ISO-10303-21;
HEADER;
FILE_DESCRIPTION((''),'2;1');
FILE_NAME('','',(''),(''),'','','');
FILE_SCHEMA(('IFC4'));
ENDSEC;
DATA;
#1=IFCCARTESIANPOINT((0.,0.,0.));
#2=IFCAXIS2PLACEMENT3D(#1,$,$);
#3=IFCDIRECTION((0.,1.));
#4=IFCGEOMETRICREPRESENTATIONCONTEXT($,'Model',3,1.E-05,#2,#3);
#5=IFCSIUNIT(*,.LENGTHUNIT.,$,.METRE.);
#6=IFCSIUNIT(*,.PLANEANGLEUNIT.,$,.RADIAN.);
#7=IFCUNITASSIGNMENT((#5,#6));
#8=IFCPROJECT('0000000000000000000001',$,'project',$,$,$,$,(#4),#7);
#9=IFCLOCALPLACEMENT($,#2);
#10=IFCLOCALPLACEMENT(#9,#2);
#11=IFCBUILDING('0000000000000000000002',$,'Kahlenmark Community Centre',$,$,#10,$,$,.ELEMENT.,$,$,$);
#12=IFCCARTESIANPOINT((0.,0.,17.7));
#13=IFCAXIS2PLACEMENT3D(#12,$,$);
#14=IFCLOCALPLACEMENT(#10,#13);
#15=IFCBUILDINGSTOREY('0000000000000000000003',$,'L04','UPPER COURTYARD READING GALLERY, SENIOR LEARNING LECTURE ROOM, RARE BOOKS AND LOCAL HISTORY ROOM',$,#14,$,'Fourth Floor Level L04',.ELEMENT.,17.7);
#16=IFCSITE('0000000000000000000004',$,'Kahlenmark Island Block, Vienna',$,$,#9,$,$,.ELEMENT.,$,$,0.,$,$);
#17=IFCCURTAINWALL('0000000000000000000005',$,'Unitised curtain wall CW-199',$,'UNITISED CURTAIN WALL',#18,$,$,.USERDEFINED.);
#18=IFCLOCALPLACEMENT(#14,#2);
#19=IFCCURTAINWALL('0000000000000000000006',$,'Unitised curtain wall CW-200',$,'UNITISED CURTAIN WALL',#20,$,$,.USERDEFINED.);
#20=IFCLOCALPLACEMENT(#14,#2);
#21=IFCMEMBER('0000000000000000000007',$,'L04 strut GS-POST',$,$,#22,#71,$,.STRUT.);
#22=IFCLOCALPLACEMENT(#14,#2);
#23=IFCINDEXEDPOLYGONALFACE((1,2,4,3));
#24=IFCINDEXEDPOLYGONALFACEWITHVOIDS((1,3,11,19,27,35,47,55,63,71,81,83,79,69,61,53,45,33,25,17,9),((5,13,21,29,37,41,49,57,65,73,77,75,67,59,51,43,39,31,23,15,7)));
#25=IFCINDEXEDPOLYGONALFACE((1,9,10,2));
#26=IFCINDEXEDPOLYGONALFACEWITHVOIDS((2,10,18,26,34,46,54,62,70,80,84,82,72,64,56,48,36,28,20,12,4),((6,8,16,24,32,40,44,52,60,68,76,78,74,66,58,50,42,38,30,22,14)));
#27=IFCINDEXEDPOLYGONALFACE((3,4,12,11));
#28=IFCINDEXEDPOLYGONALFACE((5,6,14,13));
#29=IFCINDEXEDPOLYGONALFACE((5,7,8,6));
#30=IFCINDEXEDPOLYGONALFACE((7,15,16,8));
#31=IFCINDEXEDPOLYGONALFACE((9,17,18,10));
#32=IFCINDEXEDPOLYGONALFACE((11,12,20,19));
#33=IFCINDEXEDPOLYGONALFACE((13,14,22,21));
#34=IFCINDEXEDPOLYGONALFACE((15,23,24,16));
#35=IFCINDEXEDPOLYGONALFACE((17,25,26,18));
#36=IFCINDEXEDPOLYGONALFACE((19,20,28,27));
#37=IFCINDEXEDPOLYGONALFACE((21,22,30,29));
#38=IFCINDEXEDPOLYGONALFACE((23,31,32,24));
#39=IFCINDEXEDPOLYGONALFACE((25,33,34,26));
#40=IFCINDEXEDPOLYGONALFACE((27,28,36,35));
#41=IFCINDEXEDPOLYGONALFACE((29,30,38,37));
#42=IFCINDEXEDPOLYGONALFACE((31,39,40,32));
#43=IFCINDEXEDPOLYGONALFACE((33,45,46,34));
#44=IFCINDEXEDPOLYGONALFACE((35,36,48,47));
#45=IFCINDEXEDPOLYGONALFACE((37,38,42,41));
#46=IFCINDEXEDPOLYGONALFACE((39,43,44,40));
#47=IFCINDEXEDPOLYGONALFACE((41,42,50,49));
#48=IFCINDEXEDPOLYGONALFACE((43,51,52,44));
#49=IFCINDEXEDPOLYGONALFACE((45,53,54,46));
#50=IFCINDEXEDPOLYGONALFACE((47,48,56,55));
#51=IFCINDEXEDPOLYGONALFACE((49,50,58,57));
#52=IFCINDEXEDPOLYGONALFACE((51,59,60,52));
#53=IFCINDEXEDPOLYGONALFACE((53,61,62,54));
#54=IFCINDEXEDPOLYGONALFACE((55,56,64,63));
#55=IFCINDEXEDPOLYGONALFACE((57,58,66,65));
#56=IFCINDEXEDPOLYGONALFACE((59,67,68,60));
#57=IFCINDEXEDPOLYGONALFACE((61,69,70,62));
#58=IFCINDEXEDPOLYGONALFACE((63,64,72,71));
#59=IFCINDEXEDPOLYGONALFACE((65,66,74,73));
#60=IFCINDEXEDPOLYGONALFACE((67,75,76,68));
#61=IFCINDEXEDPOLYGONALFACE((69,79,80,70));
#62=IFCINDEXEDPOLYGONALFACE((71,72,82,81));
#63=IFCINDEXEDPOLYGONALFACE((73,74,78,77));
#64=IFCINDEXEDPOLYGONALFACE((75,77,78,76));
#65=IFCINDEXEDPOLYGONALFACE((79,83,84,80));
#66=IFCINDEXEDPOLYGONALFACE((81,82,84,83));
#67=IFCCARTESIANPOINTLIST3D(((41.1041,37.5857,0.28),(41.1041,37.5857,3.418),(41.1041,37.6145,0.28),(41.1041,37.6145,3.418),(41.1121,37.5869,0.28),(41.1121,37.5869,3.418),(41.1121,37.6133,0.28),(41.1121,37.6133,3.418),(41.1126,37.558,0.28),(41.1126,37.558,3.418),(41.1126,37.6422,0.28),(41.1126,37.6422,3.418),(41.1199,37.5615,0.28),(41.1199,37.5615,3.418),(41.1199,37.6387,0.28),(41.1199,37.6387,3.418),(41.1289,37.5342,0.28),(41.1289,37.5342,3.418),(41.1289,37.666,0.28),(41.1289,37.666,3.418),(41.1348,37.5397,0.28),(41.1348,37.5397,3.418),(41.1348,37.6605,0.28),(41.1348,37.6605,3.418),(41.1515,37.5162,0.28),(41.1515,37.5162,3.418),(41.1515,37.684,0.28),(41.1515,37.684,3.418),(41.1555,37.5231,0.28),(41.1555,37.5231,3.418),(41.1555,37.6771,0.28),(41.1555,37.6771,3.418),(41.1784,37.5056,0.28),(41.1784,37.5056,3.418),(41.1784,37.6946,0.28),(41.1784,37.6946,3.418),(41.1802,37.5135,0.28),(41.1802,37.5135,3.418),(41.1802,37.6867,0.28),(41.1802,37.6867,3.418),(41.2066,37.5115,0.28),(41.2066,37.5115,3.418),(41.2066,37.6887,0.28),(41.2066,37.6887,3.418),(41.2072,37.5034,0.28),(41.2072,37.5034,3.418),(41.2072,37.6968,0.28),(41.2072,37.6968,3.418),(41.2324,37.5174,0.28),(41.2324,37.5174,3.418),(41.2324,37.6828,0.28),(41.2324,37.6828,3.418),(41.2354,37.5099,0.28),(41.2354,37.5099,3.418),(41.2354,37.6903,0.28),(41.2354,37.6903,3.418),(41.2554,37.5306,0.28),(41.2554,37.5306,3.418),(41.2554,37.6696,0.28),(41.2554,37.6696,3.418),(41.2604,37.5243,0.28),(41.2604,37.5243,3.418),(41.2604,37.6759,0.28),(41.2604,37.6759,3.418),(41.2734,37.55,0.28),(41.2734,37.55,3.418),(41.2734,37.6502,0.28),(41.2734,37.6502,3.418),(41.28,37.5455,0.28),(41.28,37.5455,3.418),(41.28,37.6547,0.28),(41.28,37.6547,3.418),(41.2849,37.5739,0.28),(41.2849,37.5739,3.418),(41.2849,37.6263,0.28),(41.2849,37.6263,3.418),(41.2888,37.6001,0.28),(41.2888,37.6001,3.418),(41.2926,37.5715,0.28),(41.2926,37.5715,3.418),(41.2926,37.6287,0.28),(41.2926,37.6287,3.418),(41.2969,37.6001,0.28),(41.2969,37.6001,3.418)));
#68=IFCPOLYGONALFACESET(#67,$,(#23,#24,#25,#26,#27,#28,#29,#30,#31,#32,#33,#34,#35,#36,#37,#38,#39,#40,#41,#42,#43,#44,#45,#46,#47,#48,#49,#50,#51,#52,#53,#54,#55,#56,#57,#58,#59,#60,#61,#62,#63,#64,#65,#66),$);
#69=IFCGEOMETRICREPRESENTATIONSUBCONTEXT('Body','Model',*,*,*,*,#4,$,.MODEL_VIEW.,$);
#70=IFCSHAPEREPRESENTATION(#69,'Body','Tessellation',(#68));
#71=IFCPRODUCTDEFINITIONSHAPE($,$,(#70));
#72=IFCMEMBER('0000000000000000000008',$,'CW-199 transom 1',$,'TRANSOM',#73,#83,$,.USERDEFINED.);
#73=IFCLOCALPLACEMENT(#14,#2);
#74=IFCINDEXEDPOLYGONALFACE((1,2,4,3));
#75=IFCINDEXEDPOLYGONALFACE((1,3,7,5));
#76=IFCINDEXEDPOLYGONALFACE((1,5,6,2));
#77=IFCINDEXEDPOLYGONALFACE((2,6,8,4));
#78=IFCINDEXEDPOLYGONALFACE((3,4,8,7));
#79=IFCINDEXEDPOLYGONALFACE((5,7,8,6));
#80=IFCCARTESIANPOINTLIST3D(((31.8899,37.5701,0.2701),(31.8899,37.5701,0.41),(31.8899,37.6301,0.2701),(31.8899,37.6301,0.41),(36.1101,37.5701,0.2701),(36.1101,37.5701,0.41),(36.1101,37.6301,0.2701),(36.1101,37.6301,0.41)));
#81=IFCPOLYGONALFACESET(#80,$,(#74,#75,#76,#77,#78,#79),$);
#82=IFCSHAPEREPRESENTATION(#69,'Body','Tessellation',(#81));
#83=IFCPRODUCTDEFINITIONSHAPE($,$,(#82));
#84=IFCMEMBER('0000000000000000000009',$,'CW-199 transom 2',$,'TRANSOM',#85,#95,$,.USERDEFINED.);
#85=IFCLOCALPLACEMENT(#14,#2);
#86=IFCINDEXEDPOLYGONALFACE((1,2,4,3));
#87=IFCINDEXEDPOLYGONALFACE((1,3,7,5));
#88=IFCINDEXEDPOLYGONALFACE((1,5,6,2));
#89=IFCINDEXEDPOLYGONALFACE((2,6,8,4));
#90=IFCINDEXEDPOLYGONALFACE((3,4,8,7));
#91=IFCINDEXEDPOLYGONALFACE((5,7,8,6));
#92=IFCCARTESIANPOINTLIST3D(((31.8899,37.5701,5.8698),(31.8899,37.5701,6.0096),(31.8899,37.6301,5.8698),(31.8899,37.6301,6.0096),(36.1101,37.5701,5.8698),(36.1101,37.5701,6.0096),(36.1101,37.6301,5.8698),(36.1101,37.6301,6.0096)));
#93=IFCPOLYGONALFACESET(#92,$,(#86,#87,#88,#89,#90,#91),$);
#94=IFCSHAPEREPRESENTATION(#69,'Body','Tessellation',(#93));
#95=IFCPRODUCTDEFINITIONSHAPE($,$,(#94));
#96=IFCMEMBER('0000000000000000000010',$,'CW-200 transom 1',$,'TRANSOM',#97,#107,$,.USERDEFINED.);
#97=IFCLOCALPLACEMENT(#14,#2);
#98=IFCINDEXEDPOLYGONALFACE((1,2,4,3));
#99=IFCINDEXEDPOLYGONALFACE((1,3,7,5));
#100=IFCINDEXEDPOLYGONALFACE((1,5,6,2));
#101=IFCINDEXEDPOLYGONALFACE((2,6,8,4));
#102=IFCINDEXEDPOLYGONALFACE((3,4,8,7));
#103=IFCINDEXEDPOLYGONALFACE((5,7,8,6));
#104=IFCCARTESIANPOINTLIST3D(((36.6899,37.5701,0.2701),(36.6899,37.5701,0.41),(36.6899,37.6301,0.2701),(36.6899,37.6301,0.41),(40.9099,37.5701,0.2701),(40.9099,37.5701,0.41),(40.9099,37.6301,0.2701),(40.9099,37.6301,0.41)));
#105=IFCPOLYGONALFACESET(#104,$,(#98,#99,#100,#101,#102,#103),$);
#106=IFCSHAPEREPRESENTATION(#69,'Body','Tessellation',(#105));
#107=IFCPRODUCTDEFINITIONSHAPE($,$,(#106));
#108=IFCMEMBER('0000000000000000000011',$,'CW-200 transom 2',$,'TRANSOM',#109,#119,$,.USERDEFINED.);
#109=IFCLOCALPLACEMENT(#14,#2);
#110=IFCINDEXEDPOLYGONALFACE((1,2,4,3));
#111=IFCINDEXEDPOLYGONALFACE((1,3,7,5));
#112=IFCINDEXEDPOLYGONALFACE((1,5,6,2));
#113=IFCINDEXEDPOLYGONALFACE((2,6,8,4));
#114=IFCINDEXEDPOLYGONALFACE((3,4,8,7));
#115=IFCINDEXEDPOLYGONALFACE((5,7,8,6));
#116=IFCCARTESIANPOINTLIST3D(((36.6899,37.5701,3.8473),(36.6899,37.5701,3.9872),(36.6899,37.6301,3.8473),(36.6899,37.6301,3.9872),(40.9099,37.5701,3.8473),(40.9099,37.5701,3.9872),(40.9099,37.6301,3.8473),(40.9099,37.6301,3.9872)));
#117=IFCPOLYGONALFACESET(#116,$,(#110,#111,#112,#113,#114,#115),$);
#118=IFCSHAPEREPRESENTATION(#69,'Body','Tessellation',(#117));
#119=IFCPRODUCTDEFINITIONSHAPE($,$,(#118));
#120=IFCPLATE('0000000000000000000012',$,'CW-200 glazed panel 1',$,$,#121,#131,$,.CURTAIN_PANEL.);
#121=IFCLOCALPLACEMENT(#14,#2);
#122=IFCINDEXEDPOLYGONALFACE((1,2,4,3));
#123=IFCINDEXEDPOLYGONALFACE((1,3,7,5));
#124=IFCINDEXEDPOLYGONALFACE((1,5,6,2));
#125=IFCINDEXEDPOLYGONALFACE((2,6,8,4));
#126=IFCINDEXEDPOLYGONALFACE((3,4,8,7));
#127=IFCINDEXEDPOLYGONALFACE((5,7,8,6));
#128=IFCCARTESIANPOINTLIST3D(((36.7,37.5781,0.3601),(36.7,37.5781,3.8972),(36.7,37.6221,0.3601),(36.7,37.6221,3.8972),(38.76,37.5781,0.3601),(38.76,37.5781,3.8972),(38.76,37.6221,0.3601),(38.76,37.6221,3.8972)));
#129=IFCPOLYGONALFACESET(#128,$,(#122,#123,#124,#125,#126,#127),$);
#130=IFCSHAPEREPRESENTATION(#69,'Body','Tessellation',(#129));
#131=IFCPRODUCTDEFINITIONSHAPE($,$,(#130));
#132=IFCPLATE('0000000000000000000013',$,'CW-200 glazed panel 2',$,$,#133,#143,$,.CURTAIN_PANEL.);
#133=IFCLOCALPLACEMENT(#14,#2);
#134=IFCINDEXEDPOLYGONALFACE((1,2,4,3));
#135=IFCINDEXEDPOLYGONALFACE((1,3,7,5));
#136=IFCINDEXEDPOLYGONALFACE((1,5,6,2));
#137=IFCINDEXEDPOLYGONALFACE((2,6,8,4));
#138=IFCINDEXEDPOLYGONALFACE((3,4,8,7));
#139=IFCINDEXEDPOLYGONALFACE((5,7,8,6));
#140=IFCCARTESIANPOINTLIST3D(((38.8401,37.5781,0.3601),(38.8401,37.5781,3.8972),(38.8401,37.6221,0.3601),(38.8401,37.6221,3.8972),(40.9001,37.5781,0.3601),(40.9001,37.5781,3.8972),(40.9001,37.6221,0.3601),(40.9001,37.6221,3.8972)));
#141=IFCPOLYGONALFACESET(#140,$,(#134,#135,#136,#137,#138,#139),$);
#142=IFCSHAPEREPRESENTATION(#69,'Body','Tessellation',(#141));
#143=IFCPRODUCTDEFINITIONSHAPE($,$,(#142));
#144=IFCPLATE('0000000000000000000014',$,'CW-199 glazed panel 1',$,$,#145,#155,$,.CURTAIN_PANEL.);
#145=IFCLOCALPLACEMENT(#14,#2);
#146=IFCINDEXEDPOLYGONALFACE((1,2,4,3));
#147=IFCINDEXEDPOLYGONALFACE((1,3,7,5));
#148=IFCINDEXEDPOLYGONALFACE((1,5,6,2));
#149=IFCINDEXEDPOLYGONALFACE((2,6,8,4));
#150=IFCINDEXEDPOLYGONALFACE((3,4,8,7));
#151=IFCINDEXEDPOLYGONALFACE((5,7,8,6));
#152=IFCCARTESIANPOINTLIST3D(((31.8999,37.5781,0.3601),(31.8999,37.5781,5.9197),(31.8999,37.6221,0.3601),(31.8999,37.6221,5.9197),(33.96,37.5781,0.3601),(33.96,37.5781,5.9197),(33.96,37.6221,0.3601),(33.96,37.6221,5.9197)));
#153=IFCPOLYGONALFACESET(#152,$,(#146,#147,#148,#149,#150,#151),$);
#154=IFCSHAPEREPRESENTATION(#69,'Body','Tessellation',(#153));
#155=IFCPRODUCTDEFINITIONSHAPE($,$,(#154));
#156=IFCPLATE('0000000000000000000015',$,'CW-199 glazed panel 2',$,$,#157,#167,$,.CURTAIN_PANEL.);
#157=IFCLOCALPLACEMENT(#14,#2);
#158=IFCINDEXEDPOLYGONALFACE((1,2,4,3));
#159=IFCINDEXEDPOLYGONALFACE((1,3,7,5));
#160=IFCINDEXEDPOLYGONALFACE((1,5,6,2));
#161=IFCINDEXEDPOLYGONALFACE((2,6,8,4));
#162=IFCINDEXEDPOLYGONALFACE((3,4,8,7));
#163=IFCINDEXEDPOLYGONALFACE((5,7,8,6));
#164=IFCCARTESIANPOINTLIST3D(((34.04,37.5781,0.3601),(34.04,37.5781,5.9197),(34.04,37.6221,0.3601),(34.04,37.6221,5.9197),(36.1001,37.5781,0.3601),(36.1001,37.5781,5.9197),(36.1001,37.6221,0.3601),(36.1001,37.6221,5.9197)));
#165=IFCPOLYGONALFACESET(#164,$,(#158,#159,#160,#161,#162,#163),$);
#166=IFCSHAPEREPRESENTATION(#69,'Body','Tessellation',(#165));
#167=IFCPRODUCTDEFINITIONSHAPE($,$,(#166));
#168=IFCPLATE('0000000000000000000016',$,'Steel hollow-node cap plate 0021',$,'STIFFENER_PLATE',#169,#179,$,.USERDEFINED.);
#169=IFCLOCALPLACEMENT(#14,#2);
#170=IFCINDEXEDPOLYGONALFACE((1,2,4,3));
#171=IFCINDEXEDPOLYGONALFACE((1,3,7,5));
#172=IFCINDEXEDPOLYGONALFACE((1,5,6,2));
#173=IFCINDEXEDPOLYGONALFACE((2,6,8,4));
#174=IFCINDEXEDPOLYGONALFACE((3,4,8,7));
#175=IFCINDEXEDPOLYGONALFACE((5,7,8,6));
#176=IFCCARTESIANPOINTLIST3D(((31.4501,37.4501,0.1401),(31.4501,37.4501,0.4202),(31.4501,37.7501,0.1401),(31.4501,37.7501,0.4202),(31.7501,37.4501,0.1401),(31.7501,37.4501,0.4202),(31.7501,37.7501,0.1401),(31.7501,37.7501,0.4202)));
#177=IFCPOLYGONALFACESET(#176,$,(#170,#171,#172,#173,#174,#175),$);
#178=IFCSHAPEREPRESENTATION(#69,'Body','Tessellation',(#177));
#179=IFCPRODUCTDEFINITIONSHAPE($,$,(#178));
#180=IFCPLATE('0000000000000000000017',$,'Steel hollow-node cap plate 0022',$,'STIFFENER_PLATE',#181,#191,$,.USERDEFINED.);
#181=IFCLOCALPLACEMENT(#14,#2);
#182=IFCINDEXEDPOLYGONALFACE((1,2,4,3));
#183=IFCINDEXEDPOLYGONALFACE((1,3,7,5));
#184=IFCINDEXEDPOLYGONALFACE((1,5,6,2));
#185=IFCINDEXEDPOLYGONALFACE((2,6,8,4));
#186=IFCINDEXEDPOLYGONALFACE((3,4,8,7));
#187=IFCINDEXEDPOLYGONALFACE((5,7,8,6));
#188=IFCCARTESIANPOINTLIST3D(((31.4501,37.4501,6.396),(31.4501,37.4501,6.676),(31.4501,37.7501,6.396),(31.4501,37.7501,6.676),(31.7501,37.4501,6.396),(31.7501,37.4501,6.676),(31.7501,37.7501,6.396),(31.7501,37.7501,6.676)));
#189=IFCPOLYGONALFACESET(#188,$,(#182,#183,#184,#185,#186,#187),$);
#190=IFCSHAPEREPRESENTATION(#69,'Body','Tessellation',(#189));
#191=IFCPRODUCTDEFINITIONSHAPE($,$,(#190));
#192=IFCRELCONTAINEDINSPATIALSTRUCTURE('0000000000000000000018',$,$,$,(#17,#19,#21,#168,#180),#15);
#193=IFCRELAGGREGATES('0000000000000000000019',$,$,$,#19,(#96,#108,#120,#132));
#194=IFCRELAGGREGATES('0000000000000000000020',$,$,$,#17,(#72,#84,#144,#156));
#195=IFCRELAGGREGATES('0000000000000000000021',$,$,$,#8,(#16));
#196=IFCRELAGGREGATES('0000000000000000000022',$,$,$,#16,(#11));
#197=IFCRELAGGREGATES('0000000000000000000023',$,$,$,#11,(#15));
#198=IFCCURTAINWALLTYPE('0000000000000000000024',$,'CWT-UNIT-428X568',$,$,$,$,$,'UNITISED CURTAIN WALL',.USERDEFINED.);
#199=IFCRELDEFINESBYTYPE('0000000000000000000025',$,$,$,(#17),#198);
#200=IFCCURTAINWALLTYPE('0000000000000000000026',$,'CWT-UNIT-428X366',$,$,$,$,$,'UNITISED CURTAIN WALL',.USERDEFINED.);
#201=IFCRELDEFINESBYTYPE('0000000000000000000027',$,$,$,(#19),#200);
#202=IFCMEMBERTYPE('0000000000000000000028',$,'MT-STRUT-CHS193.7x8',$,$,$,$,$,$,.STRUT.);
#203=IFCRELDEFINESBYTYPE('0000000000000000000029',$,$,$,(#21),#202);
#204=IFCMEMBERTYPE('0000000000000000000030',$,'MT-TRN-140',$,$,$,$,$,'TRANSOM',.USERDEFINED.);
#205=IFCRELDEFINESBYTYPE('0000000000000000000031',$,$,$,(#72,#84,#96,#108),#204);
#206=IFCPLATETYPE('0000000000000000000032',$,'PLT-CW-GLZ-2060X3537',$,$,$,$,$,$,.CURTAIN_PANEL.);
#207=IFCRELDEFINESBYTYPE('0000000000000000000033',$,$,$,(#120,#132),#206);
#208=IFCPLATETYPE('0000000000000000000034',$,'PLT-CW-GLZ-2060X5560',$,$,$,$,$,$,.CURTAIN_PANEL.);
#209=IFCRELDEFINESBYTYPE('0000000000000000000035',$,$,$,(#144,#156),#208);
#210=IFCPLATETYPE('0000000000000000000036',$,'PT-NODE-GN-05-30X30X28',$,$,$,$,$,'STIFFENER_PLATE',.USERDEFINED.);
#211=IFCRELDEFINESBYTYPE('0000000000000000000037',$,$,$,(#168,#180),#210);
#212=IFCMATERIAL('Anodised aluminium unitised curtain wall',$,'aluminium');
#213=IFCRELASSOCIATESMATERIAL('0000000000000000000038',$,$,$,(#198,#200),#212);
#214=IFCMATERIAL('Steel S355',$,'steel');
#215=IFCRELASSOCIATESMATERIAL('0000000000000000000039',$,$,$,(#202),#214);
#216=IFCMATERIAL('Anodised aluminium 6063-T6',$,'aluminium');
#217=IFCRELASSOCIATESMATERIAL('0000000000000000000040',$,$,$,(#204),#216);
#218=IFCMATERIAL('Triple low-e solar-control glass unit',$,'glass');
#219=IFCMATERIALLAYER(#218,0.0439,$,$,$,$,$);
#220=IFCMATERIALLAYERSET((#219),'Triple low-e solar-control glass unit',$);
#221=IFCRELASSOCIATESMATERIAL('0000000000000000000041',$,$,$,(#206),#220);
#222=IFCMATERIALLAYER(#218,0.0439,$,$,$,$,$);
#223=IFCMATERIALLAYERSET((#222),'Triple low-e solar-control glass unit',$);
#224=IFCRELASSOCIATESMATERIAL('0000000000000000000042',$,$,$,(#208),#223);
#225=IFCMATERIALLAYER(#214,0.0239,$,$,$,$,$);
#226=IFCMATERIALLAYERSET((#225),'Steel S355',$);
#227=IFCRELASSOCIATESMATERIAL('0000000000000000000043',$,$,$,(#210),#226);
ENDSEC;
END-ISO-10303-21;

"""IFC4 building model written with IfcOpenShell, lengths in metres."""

from ifc_helpers import new_model, si_unit, direction, frame, origin, origin_2d, place, context, subcontext, project, spatial, rectangle, hollow_circle, extrude, material, layer, layer_set, material_profile, profile_set, type_object, element, aggregate, save


model = new_model("IFC4")

# Units and contexts
model_context = context("Model", 3, precision=1e-05, world=origin(), true_north=direction((0.0, 1.0)))
body_context = subcontext(model_context, "Body", "Model", "MODEL_VIEW")
ifc_project = project(units=[si_unit("LENGTHUNIT", "METRE"), si_unit("PLANEANGLEUNIT", "RADIAN")], contexts=[model_context])

# Site, building, storey
site_placement = place(None, origin())
site = spatial("IfcSite", under=ifc_project, at=site_placement, Name="Kahlenmark Island Block, Vienna", CompositionType="ELEMENT", RefElevation=0.0)
building_placement = place(site_placement, origin())
building = spatial("IfcBuilding", under=site, at=building_placement, Name="Kahlenmark Community Centre", CompositionType="ELEMENT")
storey_placement = place(building_placement, frame((0.0, 0.0, 17.7)))
storey = spatial("IfcBuildingStorey", under=building, at=storey_placement, Name="L04", Description="UPPER COURTYARD READING GALLERY, SENIOR LEARNING LECTURE ROOM, RARE BOOKS AND LOCAL HISTORY ROOM", LongName="Fourth Floor Level L04", CompositionType="ELEMENT", Elevation=17.7)

# Shared definitions
ifc_material_1 = material(Name="Steel S355", Category="steel")

# Curtain walls
ifc_material_2 = material(Name="Anodised aluminium unitised curtain wall", Category="aluminium")
curtain_wall_type_1 = type_object("IfcCurtainWallType", Name="CWT-UNIT-428X568", ElementType="UNITISED CURTAIN WALL", PredefinedType="USERDEFINED", material=ifc_material_2)
curtain_wall_1_placement = place(storey_placement, origin())
curtain_wall_1 = element("IfcCurtainWall", 1, at=curtain_wall_1_placement, inside=storey, type_object=curtain_wall_type_1, Name="Unitised curtain wall CW-199", ObjectType="UNITISED CURTAIN WALL", PredefinedType="USERDEFINED")
ifc_material_3 = material(Name="Anodised aluminium 6063-T6", Category="aluminium")
curtain_wall_type_2 = type_object("IfcCurtainWallType", Name="CWT-UNIT-428X366", ElementType="UNITISED CURTAIN WALL", PredefinedType="USERDEFINED", material=ifc_material_2)
curtain_wall_2_placement = place(storey_placement, origin())
curtain_wall_2 = element("IfcCurtainWall", 2, at=curtain_wall_2_placement, inside=storey, type_object=curtain_wall_type_2, Name="Unitised curtain wall CW-200", ObjectType="UNITISED CURTAIN WALL", PredefinedType="USERDEFINED")

# Member
ifc_material_profile_1 = material_profile(ifc_material_1, hollow_circle(Radius=0.0969, WallThickness=0.0081, at=origin_2d()), Name="CHS 193.7x8")
ifc_profile_set_1 = profile_set([ifc_material_profile_1], Name="Steel S355")
member_type_1 = type_object("IfcMemberType", Name="MT-STRUT-CHS193.7x8", PredefinedType="STRUT", material=ifc_profile_set_1)
member_1_placement = place(storey_placement, frame((41.2, 37.6001, 0.28), z_axis=(0.0, 0.0, 1.0), x_axis=(1.0, 0.0, 0.0)))
element("IfcMember", 3, at=member_1_placement, inside=storey, type_object=member_type_1, Name="L04 strut GS-POST", PredefinedType="STRUT", context=body_context, shape_type="SweptSolid", body=[
    extrude(hollow_circle(Radius=0.0969, WallThickness=0.0081, at=origin_2d()), origin(), (0.0, 0.0, 1.0), 3.1379),
])

# Members
ifc_material_profile_2 = material_profile(ifc_material_3, rectangle(XDim=0.0601, YDim=0.1399, at=origin_2d()), Name="ALU TRANSOM 60x140")
ifc_profile_set_2 = profile_set([ifc_material_profile_2], Name="Anodised aluminium 6063-T6")
member_type_2 = type_object("IfcMemberType", Name="MT-TRN-140", ElementType="TRANSOM", PredefinedType="USERDEFINED", material=ifc_profile_set_2)
member_2_placement = place(storey_placement, frame((31.8899, 37.6001, 0.3401), z_axis=(1.0, 0.0, 0.0), x_axis=(0.0, 1.0, 0.0)))
member_2 = element("IfcMember", 4, at=member_2_placement, type_object=member_type_2, Name="CW-199 transom 1", ObjectType="TRANSOM", PredefinedType="USERDEFINED", context=body_context, shape_type="SweptSolid", body=[
    extrude(rectangle(XDim=0.0601, YDim=0.1399, at=origin_2d()), origin(), (0.0, 0.0, 1.0), 4.2202),
])
member_3_placement = place(storey_placement, frame((31.8899, 37.6001, 5.9397), z_axis=(1.0, 0.0, 0.0), x_axis=(0.0, 1.0, 0.0)))
member_3 = element("IfcMember", 5, at=member_3_placement, type_object=member_type_2, Name="CW-199 transom 2", ObjectType="TRANSOM", PredefinedType="USERDEFINED", context=body_context, shape_type="SweptSolid", body=[
    extrude(rectangle(XDim=0.0601, YDim=0.1399, at=origin_2d()), origin(), (0.0, 0.0, 1.0), 4.2202),
])
member_4_placement = place(storey_placement, frame((36.6899, 37.6001, 0.3401), z_axis=(1.0, 0.0, 0.0), x_axis=(0.0, 1.0, 0.0)))
member_4 = element("IfcMember", 6, at=member_4_placement, type_object=member_type_2, Name="CW-200 transom 1", ObjectType="TRANSOM", PredefinedType="USERDEFINED", context=body_context, shape_type="SweptSolid", body=[
    extrude(rectangle(XDim=0.0601, YDim=0.1399, at=origin_2d()), origin(), (0.0, 0.0, 1.0), 4.22),
])
member_5_placement = place(storey_placement, frame((36.6899, 37.6001, 3.9172), z_axis=(1.0, 0.0, 0.0), x_axis=(0.0, 1.0, 0.0)))
member_5 = element("IfcMember", 7, at=member_5_placement, type_object=member_type_2, Name="CW-200 transom 2", ObjectType="TRANSOM", PredefinedType="USERDEFINED", context=body_context, shape_type="SweptSolid", body=[
    extrude(rectangle(XDim=0.0601, YDim=0.1399, at=origin_2d()), origin(), (0.0, 0.0, 1.0), 4.22),
])

# Plates
ifc_material_4 = material(Name="Triple low-e solar-control glass unit", Category="glass")
ifc_layer_1 = layer(ifc_material_4, 0.0439)
ifc_layer_set_1 = layer_set([ifc_layer_1], Name="Triple low-e solar-control glass unit")
plate_type_1 = type_object("IfcPlateType", Name="PLT-CW-GLZ-2060X3537", PredefinedType="CURTAIN_PANEL", material=ifc_layer_set_1)
plate_1_placement = place(storey_placement, frame((37.73, 37.6001, 0.3601), z_axis=(0.0, 0.0, 1.0), x_axis=(1.0, 0.0, 0.0)))
plate_1 = element("IfcPlate", 8, at=plate_1_placement, type_object=plate_type_1, Name="CW-200 glazed panel 1", PredefinedType="CURTAIN_PANEL", context=body_context, shape_type="SweptSolid", body=[
    extrude(rectangle(XDim=2.0601, YDim=0.0439, at=origin_2d()), origin(), (0.0, 0.0, 1.0), 3.5371),
])
plate_2_placement = place(storey_placement, frame((39.8701, 37.6001, 0.3601), z_axis=(0.0, 0.0, 1.0), x_axis=(1.0, 0.0, 0.0)))
plate_2 = element("IfcPlate", 9, at=plate_2_placement, type_object=plate_type_1, Name="CW-200 glazed panel 2", PredefinedType="CURTAIN_PANEL", context=body_context, shape_type="SweptSolid", body=[
    extrude(rectangle(XDim=2.0601, YDim=0.0439, at=origin_2d()), origin(), (0.0, 0.0, 1.0), 3.5371),
])
aggregate(curtain_wall_2, [member_4, member_5, plate_1, plate_2])
ifc_layer_2 = layer(ifc_material_4, 0.0439)
ifc_layer_set_2 = layer_set([ifc_layer_2], Name="Triple low-e solar-control glass unit")
plate_type_2 = type_object("IfcPlateType", Name="PLT-CW-GLZ-2060X5560", PredefinedType="CURTAIN_PANEL", material=ifc_layer_set_2)
plate_3_placement = place(storey_placement, frame((32.9299, 37.6001, 0.3601), z_axis=(0.0, 0.0, 1.0), x_axis=(1.0, 0.0, 0.0)))
plate_3 = element("IfcPlate", 10, at=plate_3_placement, type_object=plate_type_2, Name="CW-199 glazed panel 1", PredefinedType="CURTAIN_PANEL", context=body_context, shape_type="SweptSolid", body=[
    extrude(rectangle(XDim=2.0601, YDim=0.0439, at=origin_2d()), origin(), (0.0, 0.0, 1.0), 5.5596),
])
plate_4_placement = place(storey_placement, frame((35.0701, 37.6001, 0.3601), z_axis=(0.0, 0.0, 1.0), x_axis=(1.0, 0.0, 0.0)))
plate_4 = element("IfcPlate", 11, at=plate_4_placement, type_object=plate_type_2, Name="CW-199 glazed panel 2", PredefinedType="CURTAIN_PANEL", context=body_context, shape_type="SweptSolid", body=[
    extrude(rectangle(XDim=2.0601, YDim=0.0439, at=origin_2d()), origin(), (0.0, 0.0, 1.0), 5.5596),
])
aggregate(curtain_wall_1, [member_2, member_3, plate_3, plate_4])

# Plates
ifc_layer_3 = layer(ifc_material_1, 0.0239)
ifc_layer_set_3 = layer_set([ifc_layer_3], Name="Steel S355")
plate_type_3 = type_object("IfcPlateType", Name="PT-NODE-GN-05-30X30X28", ElementType="STIFFENER_PLATE", PredefinedType="USERDEFINED", material=ifc_layer_set_3)
for number, where, z_axis, x_axis, name in (
    (12, (31.6001, 37.6001, 0.1401), (0.0, 0.0, 1.0), (1.0, 0.0, 0.0), "Steel hollow-node cap plate 0021"),
    (13, (31.6001, 37.6001, 6.396), (0.0, 0.0, 1.0), (1.0, 0.0, 0.0), "Steel hollow-node cap plate 0022"),
):
    element("IfcPlate", number, at=place(storey_placement, frame(where, z_axis=z_axis, x_axis=x_axis)), inside=storey, type_object=plate_type_3, Name=name, ObjectType="STIFFENER_PLATE", PredefinedType="USERDEFINED", context=body_context, shape_type="SweptSolid", body=[
        extrude(rectangle(XDim=0.3, YDim=0.3, at=origin_2d()), origin(), (0.0, 0.0, 1.0), 0.28),
    ])

save(model, "model.ifc")
